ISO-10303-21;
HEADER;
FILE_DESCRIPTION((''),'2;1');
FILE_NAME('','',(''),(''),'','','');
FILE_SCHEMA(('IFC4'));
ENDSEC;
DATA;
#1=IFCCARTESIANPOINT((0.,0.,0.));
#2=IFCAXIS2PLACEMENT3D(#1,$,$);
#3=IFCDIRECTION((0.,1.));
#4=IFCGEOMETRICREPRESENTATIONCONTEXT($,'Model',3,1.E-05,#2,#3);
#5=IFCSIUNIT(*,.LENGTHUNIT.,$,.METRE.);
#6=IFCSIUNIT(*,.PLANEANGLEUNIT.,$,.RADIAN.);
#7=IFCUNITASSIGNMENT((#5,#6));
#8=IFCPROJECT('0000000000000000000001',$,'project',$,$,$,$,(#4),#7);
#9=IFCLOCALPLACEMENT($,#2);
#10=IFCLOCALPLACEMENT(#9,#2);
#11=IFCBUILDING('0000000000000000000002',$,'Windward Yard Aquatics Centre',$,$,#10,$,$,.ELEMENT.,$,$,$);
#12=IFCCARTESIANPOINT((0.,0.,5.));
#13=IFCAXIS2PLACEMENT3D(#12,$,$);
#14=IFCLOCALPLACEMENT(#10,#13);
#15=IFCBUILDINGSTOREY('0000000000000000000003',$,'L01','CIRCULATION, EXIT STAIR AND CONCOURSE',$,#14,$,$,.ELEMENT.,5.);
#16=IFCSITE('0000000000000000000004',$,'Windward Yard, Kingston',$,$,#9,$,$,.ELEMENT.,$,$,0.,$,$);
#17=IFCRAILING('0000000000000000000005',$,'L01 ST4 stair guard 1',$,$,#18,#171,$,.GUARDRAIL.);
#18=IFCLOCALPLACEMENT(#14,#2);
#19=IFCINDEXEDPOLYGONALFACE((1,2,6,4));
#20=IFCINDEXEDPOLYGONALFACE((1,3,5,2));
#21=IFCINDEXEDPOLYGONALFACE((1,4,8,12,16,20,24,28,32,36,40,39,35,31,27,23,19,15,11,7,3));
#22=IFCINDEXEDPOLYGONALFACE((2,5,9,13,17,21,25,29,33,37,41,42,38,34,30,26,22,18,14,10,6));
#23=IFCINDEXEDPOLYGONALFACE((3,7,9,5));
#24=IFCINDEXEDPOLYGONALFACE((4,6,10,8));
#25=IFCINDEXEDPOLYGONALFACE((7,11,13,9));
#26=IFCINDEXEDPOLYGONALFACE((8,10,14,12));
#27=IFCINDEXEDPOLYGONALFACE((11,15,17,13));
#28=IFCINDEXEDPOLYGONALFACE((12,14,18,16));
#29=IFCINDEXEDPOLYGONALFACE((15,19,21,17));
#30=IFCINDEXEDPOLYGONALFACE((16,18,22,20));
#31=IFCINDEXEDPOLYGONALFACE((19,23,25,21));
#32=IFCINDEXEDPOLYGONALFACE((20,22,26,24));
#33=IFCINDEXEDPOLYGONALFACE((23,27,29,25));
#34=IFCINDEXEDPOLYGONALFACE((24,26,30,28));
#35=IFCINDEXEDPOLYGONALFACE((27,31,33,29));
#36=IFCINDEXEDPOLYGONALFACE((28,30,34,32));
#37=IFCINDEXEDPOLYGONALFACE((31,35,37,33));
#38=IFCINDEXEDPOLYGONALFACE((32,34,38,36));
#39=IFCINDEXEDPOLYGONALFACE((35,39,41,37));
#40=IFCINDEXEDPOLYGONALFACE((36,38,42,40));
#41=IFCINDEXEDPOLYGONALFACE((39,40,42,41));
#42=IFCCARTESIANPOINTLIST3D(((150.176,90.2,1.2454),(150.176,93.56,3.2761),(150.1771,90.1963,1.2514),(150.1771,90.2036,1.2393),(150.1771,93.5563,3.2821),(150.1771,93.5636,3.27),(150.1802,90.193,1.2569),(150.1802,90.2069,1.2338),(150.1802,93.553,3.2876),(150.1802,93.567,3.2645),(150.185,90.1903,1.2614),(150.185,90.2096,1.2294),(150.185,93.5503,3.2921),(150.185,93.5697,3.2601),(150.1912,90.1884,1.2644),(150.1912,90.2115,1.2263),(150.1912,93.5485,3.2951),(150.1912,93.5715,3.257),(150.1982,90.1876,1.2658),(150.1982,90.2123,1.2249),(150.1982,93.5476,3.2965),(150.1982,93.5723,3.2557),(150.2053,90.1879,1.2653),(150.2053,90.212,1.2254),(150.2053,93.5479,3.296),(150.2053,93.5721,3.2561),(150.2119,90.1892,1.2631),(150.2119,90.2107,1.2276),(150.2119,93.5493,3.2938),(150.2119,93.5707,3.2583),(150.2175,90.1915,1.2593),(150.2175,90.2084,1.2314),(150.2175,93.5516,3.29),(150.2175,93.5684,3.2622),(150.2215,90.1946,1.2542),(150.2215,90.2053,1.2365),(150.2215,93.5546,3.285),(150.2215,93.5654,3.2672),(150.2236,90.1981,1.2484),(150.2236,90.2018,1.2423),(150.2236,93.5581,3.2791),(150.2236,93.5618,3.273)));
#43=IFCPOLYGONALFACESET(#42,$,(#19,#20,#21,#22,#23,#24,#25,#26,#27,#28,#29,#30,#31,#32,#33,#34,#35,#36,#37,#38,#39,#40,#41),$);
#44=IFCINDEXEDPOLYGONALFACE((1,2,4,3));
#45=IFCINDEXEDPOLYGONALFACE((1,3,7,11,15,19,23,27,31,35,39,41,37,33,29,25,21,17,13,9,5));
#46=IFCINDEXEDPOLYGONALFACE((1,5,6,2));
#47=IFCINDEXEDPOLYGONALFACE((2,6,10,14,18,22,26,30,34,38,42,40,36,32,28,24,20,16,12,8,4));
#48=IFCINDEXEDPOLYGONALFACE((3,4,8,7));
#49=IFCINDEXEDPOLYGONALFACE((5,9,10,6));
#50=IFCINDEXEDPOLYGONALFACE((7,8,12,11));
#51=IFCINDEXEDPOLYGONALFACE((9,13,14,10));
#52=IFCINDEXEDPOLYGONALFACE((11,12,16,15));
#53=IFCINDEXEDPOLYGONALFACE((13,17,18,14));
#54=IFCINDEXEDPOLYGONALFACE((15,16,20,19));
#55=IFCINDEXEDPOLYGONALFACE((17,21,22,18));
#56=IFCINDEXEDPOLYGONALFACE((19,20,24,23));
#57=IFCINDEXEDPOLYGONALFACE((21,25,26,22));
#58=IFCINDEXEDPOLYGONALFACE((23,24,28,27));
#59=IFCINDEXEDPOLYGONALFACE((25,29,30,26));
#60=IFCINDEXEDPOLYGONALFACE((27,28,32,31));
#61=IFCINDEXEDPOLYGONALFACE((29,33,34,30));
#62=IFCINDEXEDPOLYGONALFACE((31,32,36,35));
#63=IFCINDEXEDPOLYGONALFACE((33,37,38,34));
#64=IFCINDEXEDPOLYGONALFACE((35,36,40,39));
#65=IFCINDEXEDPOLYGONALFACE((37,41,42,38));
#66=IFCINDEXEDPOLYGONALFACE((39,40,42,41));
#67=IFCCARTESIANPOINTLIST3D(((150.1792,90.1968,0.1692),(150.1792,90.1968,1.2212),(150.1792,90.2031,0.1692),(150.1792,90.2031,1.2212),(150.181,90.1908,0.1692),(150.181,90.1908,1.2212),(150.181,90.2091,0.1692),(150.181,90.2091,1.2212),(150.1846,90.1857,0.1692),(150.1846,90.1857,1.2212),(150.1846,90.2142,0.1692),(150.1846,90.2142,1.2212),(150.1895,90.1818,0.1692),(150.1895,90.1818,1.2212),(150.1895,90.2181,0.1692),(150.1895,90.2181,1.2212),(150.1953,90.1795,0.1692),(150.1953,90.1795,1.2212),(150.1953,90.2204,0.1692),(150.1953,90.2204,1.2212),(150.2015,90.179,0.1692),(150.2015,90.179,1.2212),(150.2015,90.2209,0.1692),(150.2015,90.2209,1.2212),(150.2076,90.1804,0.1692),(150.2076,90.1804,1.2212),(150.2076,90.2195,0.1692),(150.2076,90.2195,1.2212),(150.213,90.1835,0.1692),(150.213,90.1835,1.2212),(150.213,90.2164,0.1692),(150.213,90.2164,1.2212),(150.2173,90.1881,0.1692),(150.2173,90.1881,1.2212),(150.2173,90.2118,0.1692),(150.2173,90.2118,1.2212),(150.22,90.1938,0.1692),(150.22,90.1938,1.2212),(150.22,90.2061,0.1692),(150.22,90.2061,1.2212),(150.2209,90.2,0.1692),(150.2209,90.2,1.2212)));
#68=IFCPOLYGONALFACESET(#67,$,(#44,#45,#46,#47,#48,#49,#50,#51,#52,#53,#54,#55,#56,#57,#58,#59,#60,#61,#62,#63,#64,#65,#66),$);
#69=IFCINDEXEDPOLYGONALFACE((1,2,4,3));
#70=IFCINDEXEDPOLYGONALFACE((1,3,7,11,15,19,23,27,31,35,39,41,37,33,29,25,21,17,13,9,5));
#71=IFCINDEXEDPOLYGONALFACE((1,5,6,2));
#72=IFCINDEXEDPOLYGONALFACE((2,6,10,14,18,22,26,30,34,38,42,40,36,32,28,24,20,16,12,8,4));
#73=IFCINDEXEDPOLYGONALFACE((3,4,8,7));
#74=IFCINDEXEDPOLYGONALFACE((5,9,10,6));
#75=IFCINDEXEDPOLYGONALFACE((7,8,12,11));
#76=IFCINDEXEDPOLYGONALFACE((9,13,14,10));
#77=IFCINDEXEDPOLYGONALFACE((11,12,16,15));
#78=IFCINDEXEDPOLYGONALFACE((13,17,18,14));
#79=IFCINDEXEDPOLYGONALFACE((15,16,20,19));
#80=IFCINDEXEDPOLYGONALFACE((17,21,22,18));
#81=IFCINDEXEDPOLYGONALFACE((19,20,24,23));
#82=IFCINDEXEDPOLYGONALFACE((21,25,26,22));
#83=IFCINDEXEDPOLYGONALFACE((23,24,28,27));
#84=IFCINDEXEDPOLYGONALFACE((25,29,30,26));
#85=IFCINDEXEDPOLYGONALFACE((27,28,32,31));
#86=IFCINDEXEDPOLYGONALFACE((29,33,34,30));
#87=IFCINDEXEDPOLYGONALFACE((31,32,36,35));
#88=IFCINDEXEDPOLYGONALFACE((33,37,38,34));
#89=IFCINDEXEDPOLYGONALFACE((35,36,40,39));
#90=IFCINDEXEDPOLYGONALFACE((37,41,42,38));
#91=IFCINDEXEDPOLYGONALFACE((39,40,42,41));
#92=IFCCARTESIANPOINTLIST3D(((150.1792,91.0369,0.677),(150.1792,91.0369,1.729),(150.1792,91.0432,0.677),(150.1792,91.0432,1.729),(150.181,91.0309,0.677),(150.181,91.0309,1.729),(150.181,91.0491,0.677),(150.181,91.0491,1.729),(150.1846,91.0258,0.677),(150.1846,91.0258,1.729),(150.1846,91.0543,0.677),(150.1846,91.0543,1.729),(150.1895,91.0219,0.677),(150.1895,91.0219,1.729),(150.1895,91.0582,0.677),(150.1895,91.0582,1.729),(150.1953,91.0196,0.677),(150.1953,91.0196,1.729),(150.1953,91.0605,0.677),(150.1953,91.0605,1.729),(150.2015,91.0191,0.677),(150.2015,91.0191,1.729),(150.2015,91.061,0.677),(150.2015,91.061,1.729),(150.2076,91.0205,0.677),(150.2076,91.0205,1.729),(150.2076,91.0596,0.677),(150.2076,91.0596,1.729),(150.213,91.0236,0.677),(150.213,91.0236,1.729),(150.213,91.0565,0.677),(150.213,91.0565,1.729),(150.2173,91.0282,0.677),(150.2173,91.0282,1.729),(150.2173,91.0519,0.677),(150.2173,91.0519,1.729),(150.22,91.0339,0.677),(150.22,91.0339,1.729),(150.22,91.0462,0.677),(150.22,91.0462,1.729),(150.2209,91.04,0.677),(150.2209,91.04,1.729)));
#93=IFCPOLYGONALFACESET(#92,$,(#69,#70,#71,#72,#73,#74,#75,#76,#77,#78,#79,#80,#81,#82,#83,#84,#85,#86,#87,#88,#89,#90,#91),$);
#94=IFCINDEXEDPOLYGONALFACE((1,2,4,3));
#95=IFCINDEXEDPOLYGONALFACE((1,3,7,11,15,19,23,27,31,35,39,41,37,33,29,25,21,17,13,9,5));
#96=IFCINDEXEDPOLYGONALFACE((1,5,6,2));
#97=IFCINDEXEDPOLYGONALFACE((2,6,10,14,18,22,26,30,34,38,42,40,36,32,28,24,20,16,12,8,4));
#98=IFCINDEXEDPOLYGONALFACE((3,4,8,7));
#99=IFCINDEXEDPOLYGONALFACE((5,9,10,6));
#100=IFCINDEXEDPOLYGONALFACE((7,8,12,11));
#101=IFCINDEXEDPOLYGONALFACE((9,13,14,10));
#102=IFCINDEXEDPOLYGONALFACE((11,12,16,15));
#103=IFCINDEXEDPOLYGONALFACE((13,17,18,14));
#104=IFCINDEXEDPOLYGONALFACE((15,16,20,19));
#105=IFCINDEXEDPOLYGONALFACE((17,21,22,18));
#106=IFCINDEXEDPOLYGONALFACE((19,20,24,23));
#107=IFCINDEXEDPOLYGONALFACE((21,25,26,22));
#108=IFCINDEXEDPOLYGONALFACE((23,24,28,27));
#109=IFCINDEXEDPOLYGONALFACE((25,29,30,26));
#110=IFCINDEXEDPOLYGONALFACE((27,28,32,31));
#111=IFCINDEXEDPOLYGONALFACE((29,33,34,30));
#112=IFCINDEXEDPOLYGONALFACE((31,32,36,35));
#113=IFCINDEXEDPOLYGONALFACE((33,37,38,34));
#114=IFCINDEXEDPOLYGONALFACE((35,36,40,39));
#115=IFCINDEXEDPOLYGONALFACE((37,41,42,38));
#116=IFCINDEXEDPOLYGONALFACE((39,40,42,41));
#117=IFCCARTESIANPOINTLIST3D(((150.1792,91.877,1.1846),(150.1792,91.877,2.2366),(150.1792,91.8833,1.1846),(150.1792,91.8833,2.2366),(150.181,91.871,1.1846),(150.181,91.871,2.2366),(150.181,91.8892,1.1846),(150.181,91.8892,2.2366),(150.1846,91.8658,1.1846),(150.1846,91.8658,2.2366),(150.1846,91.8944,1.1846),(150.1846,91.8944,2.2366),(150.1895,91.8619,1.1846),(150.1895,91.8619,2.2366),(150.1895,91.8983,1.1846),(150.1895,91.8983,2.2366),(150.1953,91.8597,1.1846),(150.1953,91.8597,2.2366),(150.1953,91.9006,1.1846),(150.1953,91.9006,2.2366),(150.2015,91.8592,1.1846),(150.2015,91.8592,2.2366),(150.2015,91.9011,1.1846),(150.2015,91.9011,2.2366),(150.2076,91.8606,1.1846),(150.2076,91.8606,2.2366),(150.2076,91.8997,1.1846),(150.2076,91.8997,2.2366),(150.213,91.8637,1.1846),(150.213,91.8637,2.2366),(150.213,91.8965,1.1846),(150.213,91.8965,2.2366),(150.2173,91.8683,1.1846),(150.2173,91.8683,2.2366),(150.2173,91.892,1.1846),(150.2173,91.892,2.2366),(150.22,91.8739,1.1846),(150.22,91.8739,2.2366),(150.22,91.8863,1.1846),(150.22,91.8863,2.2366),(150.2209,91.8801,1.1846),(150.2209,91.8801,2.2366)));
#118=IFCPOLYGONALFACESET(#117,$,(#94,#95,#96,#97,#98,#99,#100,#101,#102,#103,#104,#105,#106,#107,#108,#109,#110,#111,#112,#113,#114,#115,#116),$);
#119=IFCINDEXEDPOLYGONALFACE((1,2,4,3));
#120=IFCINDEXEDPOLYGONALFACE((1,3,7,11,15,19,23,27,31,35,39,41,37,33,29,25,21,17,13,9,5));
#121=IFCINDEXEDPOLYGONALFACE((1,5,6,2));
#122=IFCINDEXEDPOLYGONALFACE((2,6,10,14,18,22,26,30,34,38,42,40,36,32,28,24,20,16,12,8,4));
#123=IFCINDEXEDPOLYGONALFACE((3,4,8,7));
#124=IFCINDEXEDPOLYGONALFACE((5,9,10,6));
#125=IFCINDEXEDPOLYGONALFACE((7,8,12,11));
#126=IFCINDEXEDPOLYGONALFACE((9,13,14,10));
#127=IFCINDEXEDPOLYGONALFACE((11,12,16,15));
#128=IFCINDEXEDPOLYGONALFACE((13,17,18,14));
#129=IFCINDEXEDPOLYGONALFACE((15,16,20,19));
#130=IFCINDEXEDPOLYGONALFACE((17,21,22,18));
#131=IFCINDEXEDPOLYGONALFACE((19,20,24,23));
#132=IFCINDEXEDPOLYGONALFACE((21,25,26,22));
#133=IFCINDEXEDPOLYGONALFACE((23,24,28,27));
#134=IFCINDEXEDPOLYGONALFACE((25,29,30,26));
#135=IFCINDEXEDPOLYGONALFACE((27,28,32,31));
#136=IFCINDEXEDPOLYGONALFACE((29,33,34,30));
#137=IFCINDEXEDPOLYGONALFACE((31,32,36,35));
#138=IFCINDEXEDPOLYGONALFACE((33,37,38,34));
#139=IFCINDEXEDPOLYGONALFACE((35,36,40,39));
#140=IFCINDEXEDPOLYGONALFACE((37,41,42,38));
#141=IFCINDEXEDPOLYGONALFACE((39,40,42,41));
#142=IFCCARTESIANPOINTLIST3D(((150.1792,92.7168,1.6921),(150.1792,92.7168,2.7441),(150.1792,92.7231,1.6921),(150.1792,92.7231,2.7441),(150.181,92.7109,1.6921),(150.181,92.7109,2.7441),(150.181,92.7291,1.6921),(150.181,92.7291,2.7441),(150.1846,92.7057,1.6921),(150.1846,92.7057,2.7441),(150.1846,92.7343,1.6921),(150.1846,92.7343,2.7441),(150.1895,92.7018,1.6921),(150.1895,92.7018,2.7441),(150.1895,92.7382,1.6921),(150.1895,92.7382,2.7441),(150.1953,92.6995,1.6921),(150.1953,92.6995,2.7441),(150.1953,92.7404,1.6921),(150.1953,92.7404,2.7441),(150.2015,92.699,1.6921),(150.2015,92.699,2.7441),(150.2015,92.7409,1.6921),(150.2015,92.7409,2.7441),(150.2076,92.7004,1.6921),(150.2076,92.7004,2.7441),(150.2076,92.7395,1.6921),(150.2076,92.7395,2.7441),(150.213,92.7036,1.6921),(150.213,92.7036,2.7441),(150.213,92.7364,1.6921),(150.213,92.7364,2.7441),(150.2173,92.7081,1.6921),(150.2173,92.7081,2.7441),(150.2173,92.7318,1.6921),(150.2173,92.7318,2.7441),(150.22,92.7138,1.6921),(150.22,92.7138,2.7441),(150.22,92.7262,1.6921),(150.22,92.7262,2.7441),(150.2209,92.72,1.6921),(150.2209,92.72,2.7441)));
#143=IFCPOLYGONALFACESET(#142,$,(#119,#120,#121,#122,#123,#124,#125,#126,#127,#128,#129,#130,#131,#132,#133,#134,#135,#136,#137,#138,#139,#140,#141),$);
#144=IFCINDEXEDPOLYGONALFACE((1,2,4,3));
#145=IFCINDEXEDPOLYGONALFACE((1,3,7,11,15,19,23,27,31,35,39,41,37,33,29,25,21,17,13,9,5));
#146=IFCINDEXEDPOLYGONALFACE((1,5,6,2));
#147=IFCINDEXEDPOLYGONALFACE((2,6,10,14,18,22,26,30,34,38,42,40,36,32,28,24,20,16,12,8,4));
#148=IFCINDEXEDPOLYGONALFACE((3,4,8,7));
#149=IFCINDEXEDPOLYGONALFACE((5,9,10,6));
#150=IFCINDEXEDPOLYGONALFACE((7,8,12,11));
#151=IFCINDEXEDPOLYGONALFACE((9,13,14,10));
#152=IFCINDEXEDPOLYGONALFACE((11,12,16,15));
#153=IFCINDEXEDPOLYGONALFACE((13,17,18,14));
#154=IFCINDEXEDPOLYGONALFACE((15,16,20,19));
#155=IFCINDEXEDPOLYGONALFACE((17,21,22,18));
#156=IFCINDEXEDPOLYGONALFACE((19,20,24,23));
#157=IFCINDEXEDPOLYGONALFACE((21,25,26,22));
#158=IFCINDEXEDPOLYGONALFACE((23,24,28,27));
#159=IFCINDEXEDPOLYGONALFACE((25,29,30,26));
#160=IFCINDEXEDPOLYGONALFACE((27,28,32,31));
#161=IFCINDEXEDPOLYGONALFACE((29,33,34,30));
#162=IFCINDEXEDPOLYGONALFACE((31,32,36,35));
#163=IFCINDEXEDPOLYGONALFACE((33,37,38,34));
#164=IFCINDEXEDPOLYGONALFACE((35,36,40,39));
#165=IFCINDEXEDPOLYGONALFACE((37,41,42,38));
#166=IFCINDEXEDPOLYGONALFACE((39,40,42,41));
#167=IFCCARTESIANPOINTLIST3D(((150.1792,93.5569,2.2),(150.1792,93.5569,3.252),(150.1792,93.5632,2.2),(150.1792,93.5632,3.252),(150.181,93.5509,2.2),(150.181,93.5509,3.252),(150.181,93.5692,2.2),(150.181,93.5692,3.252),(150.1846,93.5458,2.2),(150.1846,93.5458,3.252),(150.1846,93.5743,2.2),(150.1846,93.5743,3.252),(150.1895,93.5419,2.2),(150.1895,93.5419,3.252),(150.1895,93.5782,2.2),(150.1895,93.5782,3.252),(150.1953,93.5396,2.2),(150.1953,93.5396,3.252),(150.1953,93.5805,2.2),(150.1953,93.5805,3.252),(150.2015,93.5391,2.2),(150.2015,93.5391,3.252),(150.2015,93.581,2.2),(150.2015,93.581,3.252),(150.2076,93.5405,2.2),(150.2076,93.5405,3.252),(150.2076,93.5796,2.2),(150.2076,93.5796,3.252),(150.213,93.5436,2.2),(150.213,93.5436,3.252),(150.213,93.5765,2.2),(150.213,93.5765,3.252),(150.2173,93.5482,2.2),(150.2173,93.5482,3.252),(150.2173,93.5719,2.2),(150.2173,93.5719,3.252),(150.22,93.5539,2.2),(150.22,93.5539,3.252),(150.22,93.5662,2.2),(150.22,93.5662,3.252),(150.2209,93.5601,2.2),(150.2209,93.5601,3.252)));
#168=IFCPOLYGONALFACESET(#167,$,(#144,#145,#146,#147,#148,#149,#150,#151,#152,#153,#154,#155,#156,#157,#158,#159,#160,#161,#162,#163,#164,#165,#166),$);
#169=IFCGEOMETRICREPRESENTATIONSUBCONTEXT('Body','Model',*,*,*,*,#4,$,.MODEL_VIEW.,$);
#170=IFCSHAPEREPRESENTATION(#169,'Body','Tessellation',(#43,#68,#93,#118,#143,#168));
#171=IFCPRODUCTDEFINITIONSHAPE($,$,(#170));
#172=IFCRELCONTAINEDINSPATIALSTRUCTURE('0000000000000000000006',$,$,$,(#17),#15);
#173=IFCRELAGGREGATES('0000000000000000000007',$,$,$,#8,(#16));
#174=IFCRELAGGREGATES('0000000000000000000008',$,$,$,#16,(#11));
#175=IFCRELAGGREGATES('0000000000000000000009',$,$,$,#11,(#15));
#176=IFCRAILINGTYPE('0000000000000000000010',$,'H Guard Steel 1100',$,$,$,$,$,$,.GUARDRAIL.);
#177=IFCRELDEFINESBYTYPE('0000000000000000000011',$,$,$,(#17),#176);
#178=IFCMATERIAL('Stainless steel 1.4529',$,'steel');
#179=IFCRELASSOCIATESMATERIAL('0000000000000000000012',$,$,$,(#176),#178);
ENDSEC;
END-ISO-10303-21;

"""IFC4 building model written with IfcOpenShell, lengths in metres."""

from ifc_helpers import new_model, si_unit, direction, frame, origin, origin_2d, place, context, subcontext, project, spatial, circle, extrude, material, type_object, element, save


model = new_model("IFC4")

# Units and contexts
model_context = context("Model", 3, precision=1e-05, world=origin(), true_north=direction((0.0, 1.0)))
body_context = subcontext(model_context, "Body", "Model", "MODEL_VIEW")
ifc_project = project(units=[si_unit("LENGTHUNIT", "METRE"), si_unit("PLANEANGLEUNIT", "RADIAN")], contexts=[model_context])

# Site, building, storey
site_placement = place(None, origin())
site = spatial("IfcSite", under=ifc_project, at=site_placement, Name="Windward Yard, Kingston", CompositionType="ELEMENT", RefElevation=0.0)
building_placement = place(site_placement, origin())
building = spatial("IfcBuilding", under=site, at=building_placement, Name="Windward Yard Aquatics Centre", CompositionType="ELEMENT")
storey_placement = place(building_placement, frame((0.0, 0.0, 5.0)))
storey = spatial("IfcBuildingStorey", under=building, at=storey_placement, Name="L01", Description="CIRCULATION, EXIT STAIR AND CONCOURSE", CompositionType="ELEMENT", Elevation=5.0)

# Railing
ifc_material_1 = material(Name="Stainless steel 1.4529", Category="steel")
railing_type_1 = type_object("IfcRailingType", Name="H Guard Steel 1100", PredefinedType="GUARDRAIL", material=ifc_material_1)
railing_1_placement = place(storey_placement, frame((150.2, 90.2, 0.1692)))
element("IfcRailing", 1, at=railing_1_placement, inside=storey, type_object=railing_type_1, Name="L01 ST4 stair guard 1", PredefinedType="GUARDRAIL", context=body_context, shape_type="SweptSolid", body=[
    extrude(circle(Radius=0.0239, at=origin_2d()), frame((0.0, 0.0, 1.0762), z_axis=(0.0, 0.855837, 0.517246), x_axis=(-1.0, 0.0, 0.0)), (0.0, 0.0, 1.0), 3.926),
    extrude(circle(Radius=0.021, at=origin_2d()), origin(), (0.0, 0.0, 1.0), 1.052),
    extrude(circle(Radius=0.021, at=origin_2d()), frame((0.0, 0.8401, 0.5078)), (0.0, 0.0, 1.0), 1.052),
    extrude(circle(Radius=0.021, at=origin_2d()), frame((0.0, 1.6802, 1.0154)), (0.0, 0.0, 1.0), 1.052),
    extrude(circle(Radius=0.021, at=origin_2d()), frame((0.0, 2.52, 1.5229)), (0.0, 0.0, 1.0), 1.052),
    extrude(circle(Radius=0.021, at=origin_2d()), frame((0.0, 3.3601, 2.0308)), (0.0, 0.0, 1.0), 1.052),
])

save(model, "model.ifc")
